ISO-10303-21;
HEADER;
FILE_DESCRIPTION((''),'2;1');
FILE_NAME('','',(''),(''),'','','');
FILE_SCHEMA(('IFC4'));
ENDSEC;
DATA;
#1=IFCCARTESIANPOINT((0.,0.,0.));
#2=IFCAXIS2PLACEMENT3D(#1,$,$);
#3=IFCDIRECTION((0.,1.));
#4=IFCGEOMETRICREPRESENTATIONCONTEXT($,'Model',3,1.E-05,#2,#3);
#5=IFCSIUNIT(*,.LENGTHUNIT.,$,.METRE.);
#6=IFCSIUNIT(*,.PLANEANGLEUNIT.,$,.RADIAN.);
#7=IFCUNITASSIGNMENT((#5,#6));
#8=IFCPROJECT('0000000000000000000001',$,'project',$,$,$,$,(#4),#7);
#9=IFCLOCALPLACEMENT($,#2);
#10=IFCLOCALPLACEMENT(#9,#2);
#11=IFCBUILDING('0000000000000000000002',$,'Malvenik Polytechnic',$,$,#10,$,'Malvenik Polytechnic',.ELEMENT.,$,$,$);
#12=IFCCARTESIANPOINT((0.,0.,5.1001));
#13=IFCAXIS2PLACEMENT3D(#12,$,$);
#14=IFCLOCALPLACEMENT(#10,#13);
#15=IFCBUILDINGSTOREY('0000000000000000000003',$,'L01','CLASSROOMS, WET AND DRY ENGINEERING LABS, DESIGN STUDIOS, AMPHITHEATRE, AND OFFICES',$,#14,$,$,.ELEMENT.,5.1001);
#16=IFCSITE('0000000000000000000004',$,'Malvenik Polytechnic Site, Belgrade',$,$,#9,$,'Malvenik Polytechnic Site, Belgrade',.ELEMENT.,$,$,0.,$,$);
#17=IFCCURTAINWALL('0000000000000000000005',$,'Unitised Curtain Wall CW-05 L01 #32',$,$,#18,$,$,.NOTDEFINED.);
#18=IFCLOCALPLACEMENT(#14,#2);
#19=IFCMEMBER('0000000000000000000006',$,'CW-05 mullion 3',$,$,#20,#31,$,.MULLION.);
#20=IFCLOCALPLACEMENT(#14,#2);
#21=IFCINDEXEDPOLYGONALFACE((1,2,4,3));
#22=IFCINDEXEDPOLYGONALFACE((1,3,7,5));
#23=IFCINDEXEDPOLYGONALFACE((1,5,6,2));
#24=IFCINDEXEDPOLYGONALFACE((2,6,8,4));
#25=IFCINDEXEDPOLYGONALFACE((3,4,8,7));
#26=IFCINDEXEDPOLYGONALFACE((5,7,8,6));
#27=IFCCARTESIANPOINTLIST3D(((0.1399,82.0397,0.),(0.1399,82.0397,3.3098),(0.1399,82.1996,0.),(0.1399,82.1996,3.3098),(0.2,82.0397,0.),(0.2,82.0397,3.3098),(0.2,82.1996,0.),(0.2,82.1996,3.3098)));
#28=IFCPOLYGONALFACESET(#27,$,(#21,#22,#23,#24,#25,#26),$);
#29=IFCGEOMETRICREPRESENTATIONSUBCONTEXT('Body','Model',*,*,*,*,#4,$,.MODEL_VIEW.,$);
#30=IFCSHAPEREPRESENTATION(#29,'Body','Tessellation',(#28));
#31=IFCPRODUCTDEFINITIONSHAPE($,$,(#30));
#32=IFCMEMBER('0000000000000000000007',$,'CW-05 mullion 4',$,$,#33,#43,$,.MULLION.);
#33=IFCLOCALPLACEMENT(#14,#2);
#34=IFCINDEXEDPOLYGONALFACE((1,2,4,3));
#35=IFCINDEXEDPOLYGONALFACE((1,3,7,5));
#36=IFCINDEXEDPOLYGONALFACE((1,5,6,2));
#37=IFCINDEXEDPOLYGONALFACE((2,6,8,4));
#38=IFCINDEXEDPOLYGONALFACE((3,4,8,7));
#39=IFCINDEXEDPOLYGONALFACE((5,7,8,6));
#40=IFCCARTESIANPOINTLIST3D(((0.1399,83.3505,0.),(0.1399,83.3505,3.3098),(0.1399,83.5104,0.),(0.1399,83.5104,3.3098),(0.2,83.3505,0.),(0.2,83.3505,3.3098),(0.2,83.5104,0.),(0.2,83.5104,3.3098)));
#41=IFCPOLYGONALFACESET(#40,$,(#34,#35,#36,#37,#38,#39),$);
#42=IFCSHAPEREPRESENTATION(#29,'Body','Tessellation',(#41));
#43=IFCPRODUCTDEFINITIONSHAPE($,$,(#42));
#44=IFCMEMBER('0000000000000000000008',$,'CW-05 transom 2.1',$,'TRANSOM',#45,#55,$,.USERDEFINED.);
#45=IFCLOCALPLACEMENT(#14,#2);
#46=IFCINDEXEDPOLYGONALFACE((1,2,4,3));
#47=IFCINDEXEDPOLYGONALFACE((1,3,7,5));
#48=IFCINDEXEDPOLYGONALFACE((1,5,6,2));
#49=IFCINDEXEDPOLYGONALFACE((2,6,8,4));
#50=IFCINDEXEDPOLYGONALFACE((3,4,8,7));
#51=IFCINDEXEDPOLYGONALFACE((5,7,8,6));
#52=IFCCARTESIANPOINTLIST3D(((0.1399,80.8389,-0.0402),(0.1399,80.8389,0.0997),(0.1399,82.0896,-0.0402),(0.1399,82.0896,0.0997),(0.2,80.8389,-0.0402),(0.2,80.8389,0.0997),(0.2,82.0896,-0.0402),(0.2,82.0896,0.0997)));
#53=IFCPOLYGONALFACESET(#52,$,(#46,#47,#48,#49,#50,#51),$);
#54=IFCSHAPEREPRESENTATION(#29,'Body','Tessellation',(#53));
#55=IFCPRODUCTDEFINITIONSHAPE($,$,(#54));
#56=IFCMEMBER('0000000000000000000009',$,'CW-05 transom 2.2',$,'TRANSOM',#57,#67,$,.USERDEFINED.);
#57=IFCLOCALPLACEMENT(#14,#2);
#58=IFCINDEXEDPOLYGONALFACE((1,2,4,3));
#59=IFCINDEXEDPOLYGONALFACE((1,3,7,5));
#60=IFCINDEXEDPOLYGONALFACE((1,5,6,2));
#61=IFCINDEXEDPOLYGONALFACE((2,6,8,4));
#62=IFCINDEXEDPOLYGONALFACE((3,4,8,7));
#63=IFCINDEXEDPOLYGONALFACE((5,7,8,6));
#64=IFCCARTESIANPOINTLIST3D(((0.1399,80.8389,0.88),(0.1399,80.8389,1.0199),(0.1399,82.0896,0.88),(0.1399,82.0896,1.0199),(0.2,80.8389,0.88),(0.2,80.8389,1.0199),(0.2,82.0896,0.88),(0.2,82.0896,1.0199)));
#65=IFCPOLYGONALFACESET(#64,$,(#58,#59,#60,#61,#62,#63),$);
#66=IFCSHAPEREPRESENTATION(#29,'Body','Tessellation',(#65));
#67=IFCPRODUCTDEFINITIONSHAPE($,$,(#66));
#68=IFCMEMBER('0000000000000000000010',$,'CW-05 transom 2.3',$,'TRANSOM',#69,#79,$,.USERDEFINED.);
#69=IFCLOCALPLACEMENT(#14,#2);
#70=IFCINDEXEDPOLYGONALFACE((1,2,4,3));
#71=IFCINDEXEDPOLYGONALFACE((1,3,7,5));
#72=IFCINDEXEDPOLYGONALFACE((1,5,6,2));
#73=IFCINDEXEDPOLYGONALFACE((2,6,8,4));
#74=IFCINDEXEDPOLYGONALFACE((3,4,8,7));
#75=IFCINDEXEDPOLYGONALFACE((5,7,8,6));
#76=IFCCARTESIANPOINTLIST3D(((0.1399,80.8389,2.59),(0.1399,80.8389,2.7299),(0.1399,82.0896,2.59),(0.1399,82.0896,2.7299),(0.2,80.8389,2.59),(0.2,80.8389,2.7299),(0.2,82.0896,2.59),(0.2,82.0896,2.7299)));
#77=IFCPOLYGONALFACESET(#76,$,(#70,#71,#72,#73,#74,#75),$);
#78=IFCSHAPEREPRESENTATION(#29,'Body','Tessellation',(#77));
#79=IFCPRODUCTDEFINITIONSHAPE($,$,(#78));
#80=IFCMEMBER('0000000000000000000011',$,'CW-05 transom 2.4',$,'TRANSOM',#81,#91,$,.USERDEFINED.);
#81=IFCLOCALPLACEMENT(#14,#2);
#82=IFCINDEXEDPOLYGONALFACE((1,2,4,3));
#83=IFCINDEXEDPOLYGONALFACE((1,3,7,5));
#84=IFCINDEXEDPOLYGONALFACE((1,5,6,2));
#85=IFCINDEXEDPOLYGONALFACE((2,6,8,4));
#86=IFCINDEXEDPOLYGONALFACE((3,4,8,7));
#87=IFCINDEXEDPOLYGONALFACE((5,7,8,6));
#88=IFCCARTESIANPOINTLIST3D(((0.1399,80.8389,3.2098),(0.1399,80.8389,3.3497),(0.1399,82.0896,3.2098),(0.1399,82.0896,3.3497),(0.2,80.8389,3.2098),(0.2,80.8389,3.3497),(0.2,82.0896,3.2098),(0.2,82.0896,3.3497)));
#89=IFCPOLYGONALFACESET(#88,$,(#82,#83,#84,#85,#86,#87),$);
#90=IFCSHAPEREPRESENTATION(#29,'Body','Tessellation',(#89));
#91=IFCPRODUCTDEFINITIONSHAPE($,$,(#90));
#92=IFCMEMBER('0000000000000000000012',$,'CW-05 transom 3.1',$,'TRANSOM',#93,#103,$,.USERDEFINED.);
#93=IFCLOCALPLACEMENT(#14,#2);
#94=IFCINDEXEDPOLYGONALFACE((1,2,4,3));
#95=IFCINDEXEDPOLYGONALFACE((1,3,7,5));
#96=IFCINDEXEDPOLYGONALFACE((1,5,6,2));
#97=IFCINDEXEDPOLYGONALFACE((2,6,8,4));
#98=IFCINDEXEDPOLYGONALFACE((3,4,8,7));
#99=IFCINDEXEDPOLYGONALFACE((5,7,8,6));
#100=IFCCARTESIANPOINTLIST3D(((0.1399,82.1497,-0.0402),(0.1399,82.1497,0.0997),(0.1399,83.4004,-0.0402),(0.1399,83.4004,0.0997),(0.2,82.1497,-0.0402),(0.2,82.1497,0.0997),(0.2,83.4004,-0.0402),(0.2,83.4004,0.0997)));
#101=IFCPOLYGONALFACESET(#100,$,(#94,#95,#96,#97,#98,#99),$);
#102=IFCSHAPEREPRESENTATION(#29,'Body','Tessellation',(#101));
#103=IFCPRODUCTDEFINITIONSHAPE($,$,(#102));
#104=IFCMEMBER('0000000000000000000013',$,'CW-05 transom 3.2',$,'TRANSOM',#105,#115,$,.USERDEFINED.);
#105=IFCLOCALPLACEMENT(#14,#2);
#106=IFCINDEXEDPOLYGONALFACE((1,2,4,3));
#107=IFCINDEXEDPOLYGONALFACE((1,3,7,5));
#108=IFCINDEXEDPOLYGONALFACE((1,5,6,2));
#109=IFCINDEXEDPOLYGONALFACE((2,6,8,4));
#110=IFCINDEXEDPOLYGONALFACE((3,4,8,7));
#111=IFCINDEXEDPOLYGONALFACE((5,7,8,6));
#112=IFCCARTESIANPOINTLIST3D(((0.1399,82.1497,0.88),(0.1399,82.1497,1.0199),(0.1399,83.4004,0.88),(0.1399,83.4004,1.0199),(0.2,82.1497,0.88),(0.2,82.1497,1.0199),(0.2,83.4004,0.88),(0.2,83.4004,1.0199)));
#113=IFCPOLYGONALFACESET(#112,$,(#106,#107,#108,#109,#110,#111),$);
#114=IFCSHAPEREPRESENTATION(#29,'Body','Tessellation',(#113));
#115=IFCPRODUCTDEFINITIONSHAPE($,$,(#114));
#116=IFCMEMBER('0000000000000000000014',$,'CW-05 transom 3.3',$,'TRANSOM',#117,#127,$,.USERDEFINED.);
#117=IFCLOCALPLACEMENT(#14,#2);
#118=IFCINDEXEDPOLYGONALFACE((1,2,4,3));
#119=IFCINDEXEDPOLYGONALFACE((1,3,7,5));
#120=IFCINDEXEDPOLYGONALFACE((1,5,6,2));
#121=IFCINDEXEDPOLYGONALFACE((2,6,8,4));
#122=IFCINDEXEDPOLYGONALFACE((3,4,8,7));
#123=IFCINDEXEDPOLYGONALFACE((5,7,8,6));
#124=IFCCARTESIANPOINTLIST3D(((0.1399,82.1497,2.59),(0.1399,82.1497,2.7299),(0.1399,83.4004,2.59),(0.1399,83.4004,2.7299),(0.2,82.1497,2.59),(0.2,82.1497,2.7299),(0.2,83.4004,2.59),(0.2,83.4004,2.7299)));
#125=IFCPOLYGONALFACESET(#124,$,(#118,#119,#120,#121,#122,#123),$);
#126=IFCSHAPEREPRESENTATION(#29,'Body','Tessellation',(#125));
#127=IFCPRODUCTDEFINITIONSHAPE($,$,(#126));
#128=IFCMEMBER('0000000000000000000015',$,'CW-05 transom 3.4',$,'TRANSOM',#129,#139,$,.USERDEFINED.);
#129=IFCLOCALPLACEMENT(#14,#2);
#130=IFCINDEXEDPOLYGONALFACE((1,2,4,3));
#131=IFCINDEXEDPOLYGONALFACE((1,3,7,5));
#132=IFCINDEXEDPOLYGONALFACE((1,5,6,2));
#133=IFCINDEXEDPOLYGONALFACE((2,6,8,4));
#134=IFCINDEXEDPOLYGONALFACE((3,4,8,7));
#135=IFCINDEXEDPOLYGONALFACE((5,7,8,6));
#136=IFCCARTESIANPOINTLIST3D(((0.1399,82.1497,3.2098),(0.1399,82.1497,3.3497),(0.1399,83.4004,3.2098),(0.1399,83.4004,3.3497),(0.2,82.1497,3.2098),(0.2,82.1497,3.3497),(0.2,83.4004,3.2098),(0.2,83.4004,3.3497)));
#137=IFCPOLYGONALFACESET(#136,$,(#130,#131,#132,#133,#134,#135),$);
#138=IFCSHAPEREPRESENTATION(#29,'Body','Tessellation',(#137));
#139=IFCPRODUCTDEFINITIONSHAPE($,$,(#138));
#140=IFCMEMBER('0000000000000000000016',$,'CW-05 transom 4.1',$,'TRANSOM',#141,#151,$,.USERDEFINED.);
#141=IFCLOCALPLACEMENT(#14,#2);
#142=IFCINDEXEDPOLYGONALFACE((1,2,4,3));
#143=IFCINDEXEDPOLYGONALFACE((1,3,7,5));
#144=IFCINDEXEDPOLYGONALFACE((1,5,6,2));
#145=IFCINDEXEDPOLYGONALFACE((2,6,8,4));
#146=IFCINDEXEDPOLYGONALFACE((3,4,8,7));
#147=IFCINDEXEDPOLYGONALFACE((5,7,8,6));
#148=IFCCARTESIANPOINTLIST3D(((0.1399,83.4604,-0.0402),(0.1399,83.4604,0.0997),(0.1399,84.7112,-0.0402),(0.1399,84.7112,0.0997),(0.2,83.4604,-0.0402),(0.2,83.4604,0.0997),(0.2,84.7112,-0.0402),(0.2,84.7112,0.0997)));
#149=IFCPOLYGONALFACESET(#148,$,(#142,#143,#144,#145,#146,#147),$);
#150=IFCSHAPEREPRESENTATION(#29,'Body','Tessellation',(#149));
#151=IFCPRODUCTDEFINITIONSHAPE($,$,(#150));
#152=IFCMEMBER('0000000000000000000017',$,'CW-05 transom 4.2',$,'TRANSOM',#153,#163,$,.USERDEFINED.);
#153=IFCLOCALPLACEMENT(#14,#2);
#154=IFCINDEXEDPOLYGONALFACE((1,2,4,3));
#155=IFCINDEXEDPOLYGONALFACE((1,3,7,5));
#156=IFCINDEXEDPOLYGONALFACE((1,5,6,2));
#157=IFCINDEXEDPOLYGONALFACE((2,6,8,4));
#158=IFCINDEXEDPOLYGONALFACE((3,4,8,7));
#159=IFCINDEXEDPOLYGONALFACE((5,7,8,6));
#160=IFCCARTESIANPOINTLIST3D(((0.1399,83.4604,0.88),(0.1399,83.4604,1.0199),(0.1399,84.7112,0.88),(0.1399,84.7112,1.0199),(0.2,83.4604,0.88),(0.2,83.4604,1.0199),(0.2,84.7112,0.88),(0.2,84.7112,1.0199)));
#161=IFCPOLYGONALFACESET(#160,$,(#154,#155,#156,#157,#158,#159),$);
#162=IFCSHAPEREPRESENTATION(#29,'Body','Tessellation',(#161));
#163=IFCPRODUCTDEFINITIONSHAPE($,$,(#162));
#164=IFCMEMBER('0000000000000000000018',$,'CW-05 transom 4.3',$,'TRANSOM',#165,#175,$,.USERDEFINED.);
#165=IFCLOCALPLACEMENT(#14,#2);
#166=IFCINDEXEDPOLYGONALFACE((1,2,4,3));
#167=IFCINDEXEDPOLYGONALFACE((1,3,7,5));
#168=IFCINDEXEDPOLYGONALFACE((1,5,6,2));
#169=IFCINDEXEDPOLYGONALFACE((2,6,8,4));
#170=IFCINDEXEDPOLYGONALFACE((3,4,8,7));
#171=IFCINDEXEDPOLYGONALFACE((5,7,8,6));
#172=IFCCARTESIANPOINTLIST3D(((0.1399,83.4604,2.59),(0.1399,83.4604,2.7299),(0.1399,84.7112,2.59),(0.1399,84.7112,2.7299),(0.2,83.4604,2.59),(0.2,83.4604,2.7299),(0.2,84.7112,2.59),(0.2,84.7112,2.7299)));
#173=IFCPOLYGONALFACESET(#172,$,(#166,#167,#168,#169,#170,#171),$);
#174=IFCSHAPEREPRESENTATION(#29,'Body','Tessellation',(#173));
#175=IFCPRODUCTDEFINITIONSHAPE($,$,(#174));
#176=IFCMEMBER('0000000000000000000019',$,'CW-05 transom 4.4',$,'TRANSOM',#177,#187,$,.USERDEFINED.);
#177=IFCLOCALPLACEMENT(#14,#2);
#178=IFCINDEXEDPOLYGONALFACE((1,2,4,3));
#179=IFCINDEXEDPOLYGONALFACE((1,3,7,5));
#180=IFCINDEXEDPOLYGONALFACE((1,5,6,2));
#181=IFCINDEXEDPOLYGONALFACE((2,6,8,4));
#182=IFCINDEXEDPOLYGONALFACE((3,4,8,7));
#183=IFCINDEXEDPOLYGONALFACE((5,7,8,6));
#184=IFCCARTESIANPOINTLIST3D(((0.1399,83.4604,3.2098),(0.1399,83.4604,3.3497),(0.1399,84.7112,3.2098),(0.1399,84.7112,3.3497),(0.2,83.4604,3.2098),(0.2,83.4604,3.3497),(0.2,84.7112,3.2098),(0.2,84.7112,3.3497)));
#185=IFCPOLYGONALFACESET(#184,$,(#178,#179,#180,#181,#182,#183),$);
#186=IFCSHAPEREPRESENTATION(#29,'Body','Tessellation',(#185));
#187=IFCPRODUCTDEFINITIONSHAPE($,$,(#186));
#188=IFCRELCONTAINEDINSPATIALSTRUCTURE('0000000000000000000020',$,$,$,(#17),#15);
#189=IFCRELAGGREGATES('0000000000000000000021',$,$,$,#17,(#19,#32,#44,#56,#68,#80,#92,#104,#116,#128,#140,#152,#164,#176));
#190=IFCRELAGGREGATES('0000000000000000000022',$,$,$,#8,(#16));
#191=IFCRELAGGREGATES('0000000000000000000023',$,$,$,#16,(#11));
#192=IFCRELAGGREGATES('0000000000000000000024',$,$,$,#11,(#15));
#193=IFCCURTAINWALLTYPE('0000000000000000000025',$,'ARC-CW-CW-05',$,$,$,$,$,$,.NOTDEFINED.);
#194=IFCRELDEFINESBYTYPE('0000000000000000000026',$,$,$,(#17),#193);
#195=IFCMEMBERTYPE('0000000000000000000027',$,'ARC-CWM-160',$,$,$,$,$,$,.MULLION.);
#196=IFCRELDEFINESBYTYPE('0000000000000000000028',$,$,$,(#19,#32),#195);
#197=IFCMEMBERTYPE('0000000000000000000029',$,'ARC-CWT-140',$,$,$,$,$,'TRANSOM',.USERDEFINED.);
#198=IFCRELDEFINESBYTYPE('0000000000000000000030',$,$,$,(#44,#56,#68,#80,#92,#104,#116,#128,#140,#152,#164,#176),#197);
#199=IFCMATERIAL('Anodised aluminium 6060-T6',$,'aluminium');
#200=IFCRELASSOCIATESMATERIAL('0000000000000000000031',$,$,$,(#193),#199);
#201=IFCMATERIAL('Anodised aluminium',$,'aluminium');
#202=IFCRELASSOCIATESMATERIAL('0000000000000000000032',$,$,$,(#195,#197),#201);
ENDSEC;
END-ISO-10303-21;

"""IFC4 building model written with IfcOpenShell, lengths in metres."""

from ifc_helpers import new_model, si_unit, direction, frame, origin, origin_2d, place, context, subcontext, project, spatial, rectangle, extrude, material, material_profile, profile_set, type_object, element, aggregate, save


model = new_model("IFC4")

# Units and contexts
model_context = context("Model", 3, precision=1e-05, world=origin(), true_north=direction((0.0, 1.0)))
body_context = subcontext(model_context, "Body", "Model", "MODEL_VIEW")
ifc_project = project(units=[si_unit("LENGTHUNIT", "METRE"), si_unit("PLANEANGLEUNIT", "RADIAN")], contexts=[model_context])

# Site, building, storey
site_placement = place(None, origin())
site = spatial("IfcSite", under=ifc_project, at=site_placement, Name="Malvenik Polytechnic Site, Belgrade", LongName="Malvenik Polytechnic Site, Belgrade", CompositionType="ELEMENT", RefElevation=0.0)
building_placement = place(site_placement, origin())
building = spatial("IfcBuilding", under=site, at=building_placement, Name="Malvenik Polytechnic", LongName="Malvenik Polytechnic", CompositionType="ELEMENT")
storey_placement = place(building_placement, frame((0.0, 0.0, 5.1001)))
storey = spatial("IfcBuildingStorey", under=building, at=storey_placement, Name="L01", Description="CLASSROOMS, WET AND DRY ENGINEERING LABS, DESIGN STUDIOS, AMPHITHEATRE, AND OFFICES", CompositionType="ELEMENT", Elevation=5.1001)

# Curtain wall, members
ifc_material_1 = material(Name="Anodised aluminium 6060-T6", Category="aluminium")
curtain_wall_type = type_object("IfcCurtainWallType", Name="ARC-CW-CW-05", PredefinedType="NOTDEFINED", material=ifc_material_1)
curtain_wall_placement = place(storey_placement, origin())
curtain_wall = element("IfcCurtainWall", 1, at=curtain_wall_placement, inside=storey, type_object=curtain_wall_type, Name="Unitised Curtain Wall CW-05 L01 #32", PredefinedType="NOTDEFINED")
ifc_material_2 = material(Name="Anodised aluminium", Category="aluminium")
ifc_material_profile_1 = material_profile(ifc_material_2, rectangle(XDim=0.0601, YDim=0.1599, at=origin_2d()), Name="ALU MULLION 60x160")
ifc_profile_set_1 = profile_set([ifc_material_profile_1], Name="Anodised aluminium")
member_type_1 = type_object("IfcMemberType", Name="ARC-CWM-160", PredefinedType="MULLION", material=ifc_profile_set_1)
member_1_placement = place(storey_placement, frame((0.1699, 82.1196, 0.0), z_axis=(0.0, 0.0, 1.0), x_axis=(-1.0, 0.0, 0.0)))
member_1 = element("IfcMember", 2, at=member_1_placement, type_object=member_type_1, Name="CW-05 mullion 3", PredefinedType="MULLION", context=body_context, shape_type="SweptSolid", body=[
    extrude(rectangle(XDim=0.0601, YDim=0.1599, at=origin_2d()), origin(), (0.0, 0.0, 1.0), 3.3098),
])
member_2_placement = place(storey_placement, frame((0.1699, 83.4304, 0.0), z_axis=(0.0, 0.0, 1.0), x_axis=(-1.0, 0.0, 0.0)))
member_2 = element("IfcMember", 3, at=member_2_placement, type_object=member_type_1, Name="CW-05 mullion 4", PredefinedType="MULLION", context=body_context, shape_type="SweptSolid", body=[
    extrude(rectangle(XDim=0.0601, YDim=0.1599, at=origin_2d()), origin(), (0.0, 0.0, 1.0), 3.3098),
])
ifc_material_profile_2 = material_profile(ifc_material_2, rectangle(XDim=0.0601, YDim=0.1399, at=origin_2d()), Name="ALU TRANSOM 60x140")
ifc_profile_set_2 = profile_set([ifc_material_profile_2], Name="Anodised aluminium")
member_type_2 = type_object("IfcMemberType", Name="ARC-CWT-140", ElementType="TRANSOM", PredefinedType="USERDEFINED", material=ifc_profile_set_2)
member_3_placement = place(storey_placement, frame((0.1699, 80.8389, 0.0298), z_axis=(0.0, 1.0, 0.0), x_axis=(-1.0, 0.0, 0.0)))
member_3 = element("IfcMember", 4, at=member_3_placement, type_object=member_type_2, Name="CW-05 transom 2.1", ObjectType="TRANSOM", PredefinedType="USERDEFINED", context=body_context, shape_type="SweptSolid", body=[
    extrude(rectangle(XDim=0.0601, YDim=0.1399, at=origin_2d()), origin(), (0.0, 0.0, 1.0), 1.2507),
])
member_4_placement = place(storey_placement, frame((0.1699, 80.8389, 0.95), z_axis=(0.0, 1.0, 0.0), x_axis=(-1.0, 0.0, 0.0)))
member_4 = element("IfcMember", 5, at=member_4_placement, type_object=member_type_2, Name="CW-05 transom 2.2", ObjectType="TRANSOM", PredefinedType="USERDEFINED", context=body_context, shape_type="SweptSolid", body=[
    extrude(rectangle(XDim=0.0601, YDim=0.1399, at=origin_2d()), origin(), (0.0, 0.0, 1.0), 1.2507),
])
member_5_placement = place(storey_placement, frame((0.1699, 80.8389, 2.6599), z_axis=(0.0, 1.0, 0.0), x_axis=(-1.0, 0.0, 0.0)))
member_5 = element("IfcMember", 6, at=member_5_placement, type_object=member_type_2, Name="CW-05 transom 2.3", ObjectType="TRANSOM", PredefinedType="USERDEFINED", context=body_context, shape_type="SweptSolid", body=[
    extrude(rectangle(XDim=0.0601, YDim=0.1399, at=origin_2d()), origin(), (0.0, 0.0, 1.0), 1.2507),
])
member_6_placement = place(storey_placement, frame((0.1699, 80.8389, 3.2798), z_axis=(0.0, 1.0, 0.0), x_axis=(-1.0, 0.0, 0.0)))
member_6 = element("IfcMember", 7, at=member_6_placement, type_object=member_type_2, Name="CW-05 transom 2.4", ObjectType="TRANSOM", PredefinedType="USERDEFINED", context=body_context, shape_type="SweptSolid", body=[
    extrude(rectangle(XDim=0.0601, YDim=0.1399, at=origin_2d()), origin(), (0.0, 0.0, 1.0), 1.2507),
])
member_7_placement = place(storey_placement, frame((0.1699, 82.1497, 0.0298), z_axis=(0.0, 1.0, 0.0), x_axis=(-1.0, 0.0, 0.0)))
member_7 = element("IfcMember", 8, at=member_7_placement, type_object=member_type_2, Name="CW-05 transom 3.1", ObjectType="TRANSOM", PredefinedType="USERDEFINED", context=body_context, shape_type="SweptSolid", body=[
    extrude(rectangle(XDim=0.0601, YDim=0.1399, at=origin_2d()), origin(), (0.0, 0.0, 1.0), 1.2507),
])
member_8_placement = place(storey_placement, frame((0.1699, 82.1497, 0.95), z_axis=(0.0, 1.0, 0.0), x_axis=(-1.0, 0.0, 0.0)))
member_8 = element("IfcMember", 9, at=member_8_placement, type_object=member_type_2, Name="CW-05 transom 3.2", ObjectType="TRANSOM", PredefinedType="USERDEFINED", context=body_context, shape_type="SweptSolid", body=[
    extrude(rectangle(XDim=0.0601, YDim=0.1399, at=origin_2d()), origin(), (0.0, 0.0, 1.0), 1.2507),
])
member_9_placement = place(storey_placement, frame((0.1699, 82.1497, 2.6599), z_axis=(0.0, 1.0, 0.0), x_axis=(-1.0, 0.0, 0.0)))
member_9 = element("IfcMember", 10, at=member_9_placement, type_object=member_type_2, Name="CW-05 transom 3.3", ObjectType="TRANSOM", PredefinedType="USERDEFINED", context=body_context, shape_type="SweptSolid", body=[
    extrude(rectangle(XDim=0.0601, YDim=0.1399, at=origin_2d()), origin(), (0.0, 0.0, 1.0), 1.2507),
])
member_10_placement = place(storey_placement, frame((0.1699, 82.1497, 3.2798), z_axis=(0.0, 1.0, 0.0), x_axis=(-1.0, 0.0, 0.0)))
member_10 = element("IfcMember", 11, at=member_10_placement, type_object=member_type_2, Name="CW-05 transom 3.4", ObjectType="TRANSOM", PredefinedType="USERDEFINED", context=body_context, shape_type="SweptSolid", body=[
    extrude(rectangle(XDim=0.0601, YDim=0.1399, at=origin_2d()), origin(), (0.0, 0.0, 1.0), 1.2507),
])
member_11_placement = place(storey_placement, frame((0.1699, 83.4604, 0.0298), z_axis=(0.0, 1.0, 0.0), x_axis=(-1.0, 0.0, 0.0)))
member_11 = element("IfcMember", 12, at=member_11_placement, type_object=member_type_2, Name="CW-05 transom 4.1", ObjectType="TRANSOM", PredefinedType="USERDEFINED", context=body_context, shape_type="SweptSolid", body=[
    extrude(rectangle(XDim=0.0601, YDim=0.1399, at=origin_2d()), origin(), (0.0, 0.0, 1.0), 1.2507),
])
member_12_placement = place(storey_placement, frame((0.1699, 83.4604, 0.95), z_axis=(0.0, 1.0, 0.0), x_axis=(-1.0, 0.0, 0.0)))
member_12 = element("IfcMember", 13, at=member_12_placement, type_object=member_type_2, Name="CW-05 transom 4.2", ObjectType="TRANSOM", PredefinedType="USERDEFINED", context=body_context, shape_type="SweptSolid", body=[
    extrude(rectangle(XDim=0.0601, YDim=0.1399, at=origin_2d()), origin(), (0.0, 0.0, 1.0), 1.2507),
])
member_13_placement = place(storey_placement, frame((0.1699, 83.4604, 2.6599), z_axis=(0.0, 1.0, 0.0), x_axis=(-1.0, 0.0, 0.0)))
member_13 = element("IfcMember", 14, at=member_13_placement, type_object=member_type_2, Name="CW-05 transom 4.3", ObjectType="TRANSOM", PredefinedType="USERDEFINED", context=body_context, shape_type="SweptSolid", body=[
    extrude(rectangle(XDim=0.0601, YDim=0.1399, at=origin_2d()), origin(), (0.0, 0.0, 1.0), 1.2507),
])
member_14_placement = place(storey_placement, frame((0.1699, 83.4604, 3.2798), z_axis=(0.0, 1.0, 0.0), x_axis=(-1.0, 0.0, 0.0)))
member_14 = element("IfcMember", 15, at=member_14_placement, type_object=member_type_2, Name="CW-05 transom 4.4", ObjectType="TRANSOM", PredefinedType="USERDEFINED", context=body_context, shape_type="SweptSolid", body=[
    extrude(rectangle(XDim=0.0601, YDim=0.1399, at=origin_2d()), origin(), (0.0, 0.0, 1.0), 1.2507),
])
aggregate(curtain_wall, [member_1, member_2, member_3, member_4, member_5, member_6, member_7, member_8, member_9, member_10, member_11, member_12, member_13, member_14])

save(model, "model.ifc")
